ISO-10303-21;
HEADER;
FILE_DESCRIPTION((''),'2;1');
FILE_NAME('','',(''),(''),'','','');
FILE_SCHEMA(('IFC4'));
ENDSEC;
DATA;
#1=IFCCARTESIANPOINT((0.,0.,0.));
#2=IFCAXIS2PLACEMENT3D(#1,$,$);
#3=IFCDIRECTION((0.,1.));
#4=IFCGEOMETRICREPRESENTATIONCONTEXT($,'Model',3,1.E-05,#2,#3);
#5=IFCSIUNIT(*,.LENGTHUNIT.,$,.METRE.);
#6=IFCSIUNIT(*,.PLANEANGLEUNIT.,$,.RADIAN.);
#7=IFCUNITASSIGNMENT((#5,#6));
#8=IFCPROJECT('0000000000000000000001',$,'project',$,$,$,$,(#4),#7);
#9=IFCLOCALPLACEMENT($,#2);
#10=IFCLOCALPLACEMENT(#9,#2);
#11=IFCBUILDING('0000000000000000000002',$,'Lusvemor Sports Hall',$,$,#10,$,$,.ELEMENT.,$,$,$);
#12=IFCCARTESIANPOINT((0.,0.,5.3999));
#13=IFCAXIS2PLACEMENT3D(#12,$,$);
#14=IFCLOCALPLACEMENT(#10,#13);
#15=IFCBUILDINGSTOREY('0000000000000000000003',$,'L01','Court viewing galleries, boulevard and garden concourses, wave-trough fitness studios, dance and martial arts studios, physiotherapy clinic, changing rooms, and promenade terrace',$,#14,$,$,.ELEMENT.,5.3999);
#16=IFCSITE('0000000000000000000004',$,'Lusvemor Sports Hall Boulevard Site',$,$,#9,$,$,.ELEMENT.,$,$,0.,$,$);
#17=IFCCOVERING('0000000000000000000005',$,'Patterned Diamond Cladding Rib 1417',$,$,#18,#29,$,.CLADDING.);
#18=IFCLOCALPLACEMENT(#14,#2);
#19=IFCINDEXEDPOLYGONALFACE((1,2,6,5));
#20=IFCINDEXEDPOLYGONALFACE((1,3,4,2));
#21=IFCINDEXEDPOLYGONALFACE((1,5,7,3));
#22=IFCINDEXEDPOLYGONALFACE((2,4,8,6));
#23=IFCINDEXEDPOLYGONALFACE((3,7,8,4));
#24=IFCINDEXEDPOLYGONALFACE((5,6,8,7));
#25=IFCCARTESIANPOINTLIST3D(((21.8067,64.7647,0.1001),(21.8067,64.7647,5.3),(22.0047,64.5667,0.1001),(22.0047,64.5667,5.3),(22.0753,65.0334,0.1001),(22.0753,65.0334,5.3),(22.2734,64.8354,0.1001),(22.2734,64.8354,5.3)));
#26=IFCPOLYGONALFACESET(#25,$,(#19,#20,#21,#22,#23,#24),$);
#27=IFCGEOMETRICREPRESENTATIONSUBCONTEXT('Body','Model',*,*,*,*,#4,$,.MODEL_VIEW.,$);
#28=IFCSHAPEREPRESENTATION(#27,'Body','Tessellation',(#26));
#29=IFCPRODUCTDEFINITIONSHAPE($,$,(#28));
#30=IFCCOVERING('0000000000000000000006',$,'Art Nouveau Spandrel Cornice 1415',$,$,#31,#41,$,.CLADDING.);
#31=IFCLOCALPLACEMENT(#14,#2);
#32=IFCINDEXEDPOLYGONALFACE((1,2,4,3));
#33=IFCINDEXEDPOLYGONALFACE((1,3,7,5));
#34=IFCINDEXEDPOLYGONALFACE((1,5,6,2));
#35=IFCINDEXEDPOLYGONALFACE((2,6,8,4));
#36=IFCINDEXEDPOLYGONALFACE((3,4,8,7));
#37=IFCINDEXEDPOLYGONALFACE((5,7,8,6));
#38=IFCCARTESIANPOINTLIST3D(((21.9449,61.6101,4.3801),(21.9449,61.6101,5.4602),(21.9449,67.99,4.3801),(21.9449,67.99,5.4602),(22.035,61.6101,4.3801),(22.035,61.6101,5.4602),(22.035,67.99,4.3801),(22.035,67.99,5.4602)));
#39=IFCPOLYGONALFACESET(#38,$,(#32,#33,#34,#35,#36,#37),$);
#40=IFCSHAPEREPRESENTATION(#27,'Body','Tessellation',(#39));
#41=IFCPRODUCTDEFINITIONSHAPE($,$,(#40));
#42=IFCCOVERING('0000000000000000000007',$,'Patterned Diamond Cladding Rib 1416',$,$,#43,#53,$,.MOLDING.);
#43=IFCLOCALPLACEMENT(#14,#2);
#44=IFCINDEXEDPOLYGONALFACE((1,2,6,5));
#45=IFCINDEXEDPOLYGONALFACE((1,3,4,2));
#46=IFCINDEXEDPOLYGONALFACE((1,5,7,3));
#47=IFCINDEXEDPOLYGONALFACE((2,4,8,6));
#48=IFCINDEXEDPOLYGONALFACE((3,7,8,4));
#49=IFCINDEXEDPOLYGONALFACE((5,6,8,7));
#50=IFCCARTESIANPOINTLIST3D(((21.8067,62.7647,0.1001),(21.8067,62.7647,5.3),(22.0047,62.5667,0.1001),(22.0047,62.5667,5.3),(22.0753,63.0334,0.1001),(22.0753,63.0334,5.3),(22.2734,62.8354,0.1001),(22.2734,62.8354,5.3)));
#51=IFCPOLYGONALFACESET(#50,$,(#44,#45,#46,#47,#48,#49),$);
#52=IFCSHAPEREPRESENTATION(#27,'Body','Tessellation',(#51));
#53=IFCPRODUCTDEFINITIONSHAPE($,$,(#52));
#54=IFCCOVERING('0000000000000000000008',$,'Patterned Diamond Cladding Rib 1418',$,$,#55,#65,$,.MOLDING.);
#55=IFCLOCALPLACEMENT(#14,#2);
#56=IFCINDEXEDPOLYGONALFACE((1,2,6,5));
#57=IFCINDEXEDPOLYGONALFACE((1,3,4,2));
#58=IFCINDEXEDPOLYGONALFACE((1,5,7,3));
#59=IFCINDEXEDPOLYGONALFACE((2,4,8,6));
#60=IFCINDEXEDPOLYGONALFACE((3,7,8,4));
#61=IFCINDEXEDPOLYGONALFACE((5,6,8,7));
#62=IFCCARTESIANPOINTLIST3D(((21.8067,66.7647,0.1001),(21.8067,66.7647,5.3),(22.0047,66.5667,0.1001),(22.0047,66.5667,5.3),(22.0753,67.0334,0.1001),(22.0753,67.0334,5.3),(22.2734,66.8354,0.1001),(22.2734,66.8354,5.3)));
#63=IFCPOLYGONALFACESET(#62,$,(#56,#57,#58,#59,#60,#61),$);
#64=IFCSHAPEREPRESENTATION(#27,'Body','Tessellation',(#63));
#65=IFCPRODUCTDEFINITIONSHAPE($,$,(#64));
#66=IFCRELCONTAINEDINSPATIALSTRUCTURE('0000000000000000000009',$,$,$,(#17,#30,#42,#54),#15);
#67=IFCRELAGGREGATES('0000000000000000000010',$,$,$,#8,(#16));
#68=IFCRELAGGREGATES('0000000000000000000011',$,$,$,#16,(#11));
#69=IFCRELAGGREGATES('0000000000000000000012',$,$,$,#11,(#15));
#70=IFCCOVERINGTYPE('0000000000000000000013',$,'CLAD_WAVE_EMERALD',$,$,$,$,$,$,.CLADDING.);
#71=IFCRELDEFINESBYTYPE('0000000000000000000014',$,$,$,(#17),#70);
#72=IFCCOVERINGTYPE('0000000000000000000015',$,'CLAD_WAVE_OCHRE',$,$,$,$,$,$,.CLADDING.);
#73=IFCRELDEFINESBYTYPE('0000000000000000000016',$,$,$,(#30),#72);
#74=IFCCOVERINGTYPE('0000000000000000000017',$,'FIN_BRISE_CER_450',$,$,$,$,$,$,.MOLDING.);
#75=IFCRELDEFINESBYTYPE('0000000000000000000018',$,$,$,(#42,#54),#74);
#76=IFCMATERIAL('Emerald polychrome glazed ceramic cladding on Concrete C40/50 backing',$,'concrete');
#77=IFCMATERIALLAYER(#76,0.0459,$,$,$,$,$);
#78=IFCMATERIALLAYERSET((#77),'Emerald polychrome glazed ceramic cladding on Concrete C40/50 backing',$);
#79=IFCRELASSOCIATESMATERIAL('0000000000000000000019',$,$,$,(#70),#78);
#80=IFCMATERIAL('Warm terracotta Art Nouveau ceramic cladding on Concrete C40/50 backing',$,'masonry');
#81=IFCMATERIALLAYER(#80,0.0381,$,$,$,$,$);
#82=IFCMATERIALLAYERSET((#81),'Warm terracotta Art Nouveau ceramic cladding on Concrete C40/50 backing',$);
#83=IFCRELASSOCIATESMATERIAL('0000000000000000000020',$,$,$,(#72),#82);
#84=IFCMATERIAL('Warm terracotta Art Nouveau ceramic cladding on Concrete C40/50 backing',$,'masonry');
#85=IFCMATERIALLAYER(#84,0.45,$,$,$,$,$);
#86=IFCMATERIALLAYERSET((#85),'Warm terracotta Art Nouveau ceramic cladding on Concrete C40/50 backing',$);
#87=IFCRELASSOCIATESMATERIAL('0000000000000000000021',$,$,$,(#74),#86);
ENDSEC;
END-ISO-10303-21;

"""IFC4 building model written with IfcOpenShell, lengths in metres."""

from ifc_helpers import new_model, si_unit, direction, frame, origin, origin_2d, place, context, subcontext, project, spatial, rectangle, extrude, material, layer, layer_set, type_object, element, save


model = new_model("IFC4")

# Units and contexts
model_context = context("Model", 3, precision=1e-05, world=origin(), true_north=direction((0.0, 1.0)))
body_context = subcontext(model_context, "Body", "Model", "MODEL_VIEW")
ifc_project = project(units=[si_unit("LENGTHUNIT", "METRE"), si_unit("PLANEANGLEUNIT", "RADIAN")], contexts=[model_context])

# Site, building, storey
site_placement = place(None, origin())
site = spatial("IfcSite", under=ifc_project, at=site_placement, Name="Lusvemor Sports Hall Boulevard Site", CompositionType="ELEMENT", RefElevation=0.0)
building_placement = place(site_placement, origin())
building = spatial("IfcBuilding", under=site, at=building_placement, Name="Lusvemor Sports Hall", CompositionType="ELEMENT")
storey_placement = place(building_placement, frame((0.0, 0.0, 5.3999)))
storey = spatial("IfcBuildingStorey", under=building, at=storey_placement, Name="L01", Description="Court viewing galleries, boulevard and garden concourses, wave-trough fitness studios, dance and martial arts studios, physiotherapy clinic, changing rooms, and promenade terrace", CompositionType="ELEMENT", Elevation=5.3999)

# Coverings
ifc_material_1 = material(Name="Emerald polychrome glazed ceramic cladding on Concrete C40/50 backing", Category="concrete")
ifc_layer_1 = layer(ifc_material_1, 0.0459)
ifc_layer_set_1 = layer_set([ifc_layer_1], Name="Emerald polychrome glazed ceramic cladding on Concrete C40/50 backing")
covering_type_1 = type_object("IfcCoveringType", Name="CLAD_WAVE_EMERALD", PredefinedType="CLADDING", material=ifc_layer_set_1)
covering_1_placement = place(storey_placement, frame((22.04, 64.8, 0.1001), z_axis=(0.0, 0.0, 1.0), x_axis=(0.707107, 0.707107, 0.0)))
element("IfcCovering", 1, at=covering_1_placement, inside=storey, type_object=covering_type_1, Name="Patterned Diamond Cladding Rib 1417", PredefinedType="CLADDING", context=body_context, shape_type="SweptSolid", body=[
    extrude(rectangle(XDim=0.3799, YDim=0.28, at=origin_2d()), origin(), (0.0, 0.0, 1.0), 5.2),
])
ifc_material_2 = material(Name="Warm terracotta Art Nouveau ceramic cladding on Concrete C40/50 backing", Category="masonry")
ifc_layer_2 = layer(ifc_material_2, 0.0381)
ifc_layer_set_2 = layer_set([ifc_layer_2], Name="Warm terracotta Art Nouveau ceramic cladding on Concrete C40/50 backing")
covering_type_2 = type_object("IfcCoveringType", Name="CLAD_WAVE_OCHRE", PredefinedType="CLADDING", material=ifc_layer_set_2)
covering_2_placement = place(storey_placement, frame((21.99, 64.8, 4.3801), z_axis=(0.0, 0.0, 1.0), x_axis=(1.0, 0.0, 0.0)))
element("IfcCovering", 2, at=covering_2_placement, inside=storey, type_object=covering_type_2, Name="Art Nouveau Spandrel Cornice 1415", PredefinedType="CLADDING", context=body_context, shape_type="SweptSolid", body=[
    extrude(rectangle(XDim=0.0901, YDim=6.3799, at=origin_2d()), origin(), (0.0, 0.0, 1.0), 1.0801),
])
ifc_material_3 = material(Name="Warm terracotta Art Nouveau ceramic cladding on Concrete C40/50 backing", Category="masonry")
ifc_layer_3 = layer(ifc_material_3, 0.45)
ifc_layer_set_3 = layer_set([ifc_layer_3], Name="Warm terracotta Art Nouveau ceramic cladding on Concrete C40/50 backing")
covering_type_3 = type_object("IfcCoveringType", Name="FIN_BRISE_CER_450", PredefinedType="MOLDING", material=ifc_layer_set_3)
for number, where, z_axis, x_axis, name in (
    (3, (22.04, 62.8, 0.1001), (0.0, 0.0, 1.0), (0.707107, 0.707107, 0.0), "Patterned Diamond Cladding Rib 1416"),
    (4, (22.04, 66.8, 0.1001), (0.0, 0.0, 1.0), (0.707107, 0.707107, 0.0), "Patterned Diamond Cladding Rib 1418"),
):
    element("IfcCovering", number, at=place(storey_placement, frame(where, z_axis=z_axis, x_axis=x_axis)), inside=storey, type_object=covering_type_3, Name=name, PredefinedType="MOLDING", context=body_context, shape_type="SweptSolid", body=[
        extrude(rectangle(XDim=0.3799, YDim=0.28, at=origin_2d()), origin(), (0.0, 0.0, 1.0), 5.2),
    ])

save(model, "model.ifc")
